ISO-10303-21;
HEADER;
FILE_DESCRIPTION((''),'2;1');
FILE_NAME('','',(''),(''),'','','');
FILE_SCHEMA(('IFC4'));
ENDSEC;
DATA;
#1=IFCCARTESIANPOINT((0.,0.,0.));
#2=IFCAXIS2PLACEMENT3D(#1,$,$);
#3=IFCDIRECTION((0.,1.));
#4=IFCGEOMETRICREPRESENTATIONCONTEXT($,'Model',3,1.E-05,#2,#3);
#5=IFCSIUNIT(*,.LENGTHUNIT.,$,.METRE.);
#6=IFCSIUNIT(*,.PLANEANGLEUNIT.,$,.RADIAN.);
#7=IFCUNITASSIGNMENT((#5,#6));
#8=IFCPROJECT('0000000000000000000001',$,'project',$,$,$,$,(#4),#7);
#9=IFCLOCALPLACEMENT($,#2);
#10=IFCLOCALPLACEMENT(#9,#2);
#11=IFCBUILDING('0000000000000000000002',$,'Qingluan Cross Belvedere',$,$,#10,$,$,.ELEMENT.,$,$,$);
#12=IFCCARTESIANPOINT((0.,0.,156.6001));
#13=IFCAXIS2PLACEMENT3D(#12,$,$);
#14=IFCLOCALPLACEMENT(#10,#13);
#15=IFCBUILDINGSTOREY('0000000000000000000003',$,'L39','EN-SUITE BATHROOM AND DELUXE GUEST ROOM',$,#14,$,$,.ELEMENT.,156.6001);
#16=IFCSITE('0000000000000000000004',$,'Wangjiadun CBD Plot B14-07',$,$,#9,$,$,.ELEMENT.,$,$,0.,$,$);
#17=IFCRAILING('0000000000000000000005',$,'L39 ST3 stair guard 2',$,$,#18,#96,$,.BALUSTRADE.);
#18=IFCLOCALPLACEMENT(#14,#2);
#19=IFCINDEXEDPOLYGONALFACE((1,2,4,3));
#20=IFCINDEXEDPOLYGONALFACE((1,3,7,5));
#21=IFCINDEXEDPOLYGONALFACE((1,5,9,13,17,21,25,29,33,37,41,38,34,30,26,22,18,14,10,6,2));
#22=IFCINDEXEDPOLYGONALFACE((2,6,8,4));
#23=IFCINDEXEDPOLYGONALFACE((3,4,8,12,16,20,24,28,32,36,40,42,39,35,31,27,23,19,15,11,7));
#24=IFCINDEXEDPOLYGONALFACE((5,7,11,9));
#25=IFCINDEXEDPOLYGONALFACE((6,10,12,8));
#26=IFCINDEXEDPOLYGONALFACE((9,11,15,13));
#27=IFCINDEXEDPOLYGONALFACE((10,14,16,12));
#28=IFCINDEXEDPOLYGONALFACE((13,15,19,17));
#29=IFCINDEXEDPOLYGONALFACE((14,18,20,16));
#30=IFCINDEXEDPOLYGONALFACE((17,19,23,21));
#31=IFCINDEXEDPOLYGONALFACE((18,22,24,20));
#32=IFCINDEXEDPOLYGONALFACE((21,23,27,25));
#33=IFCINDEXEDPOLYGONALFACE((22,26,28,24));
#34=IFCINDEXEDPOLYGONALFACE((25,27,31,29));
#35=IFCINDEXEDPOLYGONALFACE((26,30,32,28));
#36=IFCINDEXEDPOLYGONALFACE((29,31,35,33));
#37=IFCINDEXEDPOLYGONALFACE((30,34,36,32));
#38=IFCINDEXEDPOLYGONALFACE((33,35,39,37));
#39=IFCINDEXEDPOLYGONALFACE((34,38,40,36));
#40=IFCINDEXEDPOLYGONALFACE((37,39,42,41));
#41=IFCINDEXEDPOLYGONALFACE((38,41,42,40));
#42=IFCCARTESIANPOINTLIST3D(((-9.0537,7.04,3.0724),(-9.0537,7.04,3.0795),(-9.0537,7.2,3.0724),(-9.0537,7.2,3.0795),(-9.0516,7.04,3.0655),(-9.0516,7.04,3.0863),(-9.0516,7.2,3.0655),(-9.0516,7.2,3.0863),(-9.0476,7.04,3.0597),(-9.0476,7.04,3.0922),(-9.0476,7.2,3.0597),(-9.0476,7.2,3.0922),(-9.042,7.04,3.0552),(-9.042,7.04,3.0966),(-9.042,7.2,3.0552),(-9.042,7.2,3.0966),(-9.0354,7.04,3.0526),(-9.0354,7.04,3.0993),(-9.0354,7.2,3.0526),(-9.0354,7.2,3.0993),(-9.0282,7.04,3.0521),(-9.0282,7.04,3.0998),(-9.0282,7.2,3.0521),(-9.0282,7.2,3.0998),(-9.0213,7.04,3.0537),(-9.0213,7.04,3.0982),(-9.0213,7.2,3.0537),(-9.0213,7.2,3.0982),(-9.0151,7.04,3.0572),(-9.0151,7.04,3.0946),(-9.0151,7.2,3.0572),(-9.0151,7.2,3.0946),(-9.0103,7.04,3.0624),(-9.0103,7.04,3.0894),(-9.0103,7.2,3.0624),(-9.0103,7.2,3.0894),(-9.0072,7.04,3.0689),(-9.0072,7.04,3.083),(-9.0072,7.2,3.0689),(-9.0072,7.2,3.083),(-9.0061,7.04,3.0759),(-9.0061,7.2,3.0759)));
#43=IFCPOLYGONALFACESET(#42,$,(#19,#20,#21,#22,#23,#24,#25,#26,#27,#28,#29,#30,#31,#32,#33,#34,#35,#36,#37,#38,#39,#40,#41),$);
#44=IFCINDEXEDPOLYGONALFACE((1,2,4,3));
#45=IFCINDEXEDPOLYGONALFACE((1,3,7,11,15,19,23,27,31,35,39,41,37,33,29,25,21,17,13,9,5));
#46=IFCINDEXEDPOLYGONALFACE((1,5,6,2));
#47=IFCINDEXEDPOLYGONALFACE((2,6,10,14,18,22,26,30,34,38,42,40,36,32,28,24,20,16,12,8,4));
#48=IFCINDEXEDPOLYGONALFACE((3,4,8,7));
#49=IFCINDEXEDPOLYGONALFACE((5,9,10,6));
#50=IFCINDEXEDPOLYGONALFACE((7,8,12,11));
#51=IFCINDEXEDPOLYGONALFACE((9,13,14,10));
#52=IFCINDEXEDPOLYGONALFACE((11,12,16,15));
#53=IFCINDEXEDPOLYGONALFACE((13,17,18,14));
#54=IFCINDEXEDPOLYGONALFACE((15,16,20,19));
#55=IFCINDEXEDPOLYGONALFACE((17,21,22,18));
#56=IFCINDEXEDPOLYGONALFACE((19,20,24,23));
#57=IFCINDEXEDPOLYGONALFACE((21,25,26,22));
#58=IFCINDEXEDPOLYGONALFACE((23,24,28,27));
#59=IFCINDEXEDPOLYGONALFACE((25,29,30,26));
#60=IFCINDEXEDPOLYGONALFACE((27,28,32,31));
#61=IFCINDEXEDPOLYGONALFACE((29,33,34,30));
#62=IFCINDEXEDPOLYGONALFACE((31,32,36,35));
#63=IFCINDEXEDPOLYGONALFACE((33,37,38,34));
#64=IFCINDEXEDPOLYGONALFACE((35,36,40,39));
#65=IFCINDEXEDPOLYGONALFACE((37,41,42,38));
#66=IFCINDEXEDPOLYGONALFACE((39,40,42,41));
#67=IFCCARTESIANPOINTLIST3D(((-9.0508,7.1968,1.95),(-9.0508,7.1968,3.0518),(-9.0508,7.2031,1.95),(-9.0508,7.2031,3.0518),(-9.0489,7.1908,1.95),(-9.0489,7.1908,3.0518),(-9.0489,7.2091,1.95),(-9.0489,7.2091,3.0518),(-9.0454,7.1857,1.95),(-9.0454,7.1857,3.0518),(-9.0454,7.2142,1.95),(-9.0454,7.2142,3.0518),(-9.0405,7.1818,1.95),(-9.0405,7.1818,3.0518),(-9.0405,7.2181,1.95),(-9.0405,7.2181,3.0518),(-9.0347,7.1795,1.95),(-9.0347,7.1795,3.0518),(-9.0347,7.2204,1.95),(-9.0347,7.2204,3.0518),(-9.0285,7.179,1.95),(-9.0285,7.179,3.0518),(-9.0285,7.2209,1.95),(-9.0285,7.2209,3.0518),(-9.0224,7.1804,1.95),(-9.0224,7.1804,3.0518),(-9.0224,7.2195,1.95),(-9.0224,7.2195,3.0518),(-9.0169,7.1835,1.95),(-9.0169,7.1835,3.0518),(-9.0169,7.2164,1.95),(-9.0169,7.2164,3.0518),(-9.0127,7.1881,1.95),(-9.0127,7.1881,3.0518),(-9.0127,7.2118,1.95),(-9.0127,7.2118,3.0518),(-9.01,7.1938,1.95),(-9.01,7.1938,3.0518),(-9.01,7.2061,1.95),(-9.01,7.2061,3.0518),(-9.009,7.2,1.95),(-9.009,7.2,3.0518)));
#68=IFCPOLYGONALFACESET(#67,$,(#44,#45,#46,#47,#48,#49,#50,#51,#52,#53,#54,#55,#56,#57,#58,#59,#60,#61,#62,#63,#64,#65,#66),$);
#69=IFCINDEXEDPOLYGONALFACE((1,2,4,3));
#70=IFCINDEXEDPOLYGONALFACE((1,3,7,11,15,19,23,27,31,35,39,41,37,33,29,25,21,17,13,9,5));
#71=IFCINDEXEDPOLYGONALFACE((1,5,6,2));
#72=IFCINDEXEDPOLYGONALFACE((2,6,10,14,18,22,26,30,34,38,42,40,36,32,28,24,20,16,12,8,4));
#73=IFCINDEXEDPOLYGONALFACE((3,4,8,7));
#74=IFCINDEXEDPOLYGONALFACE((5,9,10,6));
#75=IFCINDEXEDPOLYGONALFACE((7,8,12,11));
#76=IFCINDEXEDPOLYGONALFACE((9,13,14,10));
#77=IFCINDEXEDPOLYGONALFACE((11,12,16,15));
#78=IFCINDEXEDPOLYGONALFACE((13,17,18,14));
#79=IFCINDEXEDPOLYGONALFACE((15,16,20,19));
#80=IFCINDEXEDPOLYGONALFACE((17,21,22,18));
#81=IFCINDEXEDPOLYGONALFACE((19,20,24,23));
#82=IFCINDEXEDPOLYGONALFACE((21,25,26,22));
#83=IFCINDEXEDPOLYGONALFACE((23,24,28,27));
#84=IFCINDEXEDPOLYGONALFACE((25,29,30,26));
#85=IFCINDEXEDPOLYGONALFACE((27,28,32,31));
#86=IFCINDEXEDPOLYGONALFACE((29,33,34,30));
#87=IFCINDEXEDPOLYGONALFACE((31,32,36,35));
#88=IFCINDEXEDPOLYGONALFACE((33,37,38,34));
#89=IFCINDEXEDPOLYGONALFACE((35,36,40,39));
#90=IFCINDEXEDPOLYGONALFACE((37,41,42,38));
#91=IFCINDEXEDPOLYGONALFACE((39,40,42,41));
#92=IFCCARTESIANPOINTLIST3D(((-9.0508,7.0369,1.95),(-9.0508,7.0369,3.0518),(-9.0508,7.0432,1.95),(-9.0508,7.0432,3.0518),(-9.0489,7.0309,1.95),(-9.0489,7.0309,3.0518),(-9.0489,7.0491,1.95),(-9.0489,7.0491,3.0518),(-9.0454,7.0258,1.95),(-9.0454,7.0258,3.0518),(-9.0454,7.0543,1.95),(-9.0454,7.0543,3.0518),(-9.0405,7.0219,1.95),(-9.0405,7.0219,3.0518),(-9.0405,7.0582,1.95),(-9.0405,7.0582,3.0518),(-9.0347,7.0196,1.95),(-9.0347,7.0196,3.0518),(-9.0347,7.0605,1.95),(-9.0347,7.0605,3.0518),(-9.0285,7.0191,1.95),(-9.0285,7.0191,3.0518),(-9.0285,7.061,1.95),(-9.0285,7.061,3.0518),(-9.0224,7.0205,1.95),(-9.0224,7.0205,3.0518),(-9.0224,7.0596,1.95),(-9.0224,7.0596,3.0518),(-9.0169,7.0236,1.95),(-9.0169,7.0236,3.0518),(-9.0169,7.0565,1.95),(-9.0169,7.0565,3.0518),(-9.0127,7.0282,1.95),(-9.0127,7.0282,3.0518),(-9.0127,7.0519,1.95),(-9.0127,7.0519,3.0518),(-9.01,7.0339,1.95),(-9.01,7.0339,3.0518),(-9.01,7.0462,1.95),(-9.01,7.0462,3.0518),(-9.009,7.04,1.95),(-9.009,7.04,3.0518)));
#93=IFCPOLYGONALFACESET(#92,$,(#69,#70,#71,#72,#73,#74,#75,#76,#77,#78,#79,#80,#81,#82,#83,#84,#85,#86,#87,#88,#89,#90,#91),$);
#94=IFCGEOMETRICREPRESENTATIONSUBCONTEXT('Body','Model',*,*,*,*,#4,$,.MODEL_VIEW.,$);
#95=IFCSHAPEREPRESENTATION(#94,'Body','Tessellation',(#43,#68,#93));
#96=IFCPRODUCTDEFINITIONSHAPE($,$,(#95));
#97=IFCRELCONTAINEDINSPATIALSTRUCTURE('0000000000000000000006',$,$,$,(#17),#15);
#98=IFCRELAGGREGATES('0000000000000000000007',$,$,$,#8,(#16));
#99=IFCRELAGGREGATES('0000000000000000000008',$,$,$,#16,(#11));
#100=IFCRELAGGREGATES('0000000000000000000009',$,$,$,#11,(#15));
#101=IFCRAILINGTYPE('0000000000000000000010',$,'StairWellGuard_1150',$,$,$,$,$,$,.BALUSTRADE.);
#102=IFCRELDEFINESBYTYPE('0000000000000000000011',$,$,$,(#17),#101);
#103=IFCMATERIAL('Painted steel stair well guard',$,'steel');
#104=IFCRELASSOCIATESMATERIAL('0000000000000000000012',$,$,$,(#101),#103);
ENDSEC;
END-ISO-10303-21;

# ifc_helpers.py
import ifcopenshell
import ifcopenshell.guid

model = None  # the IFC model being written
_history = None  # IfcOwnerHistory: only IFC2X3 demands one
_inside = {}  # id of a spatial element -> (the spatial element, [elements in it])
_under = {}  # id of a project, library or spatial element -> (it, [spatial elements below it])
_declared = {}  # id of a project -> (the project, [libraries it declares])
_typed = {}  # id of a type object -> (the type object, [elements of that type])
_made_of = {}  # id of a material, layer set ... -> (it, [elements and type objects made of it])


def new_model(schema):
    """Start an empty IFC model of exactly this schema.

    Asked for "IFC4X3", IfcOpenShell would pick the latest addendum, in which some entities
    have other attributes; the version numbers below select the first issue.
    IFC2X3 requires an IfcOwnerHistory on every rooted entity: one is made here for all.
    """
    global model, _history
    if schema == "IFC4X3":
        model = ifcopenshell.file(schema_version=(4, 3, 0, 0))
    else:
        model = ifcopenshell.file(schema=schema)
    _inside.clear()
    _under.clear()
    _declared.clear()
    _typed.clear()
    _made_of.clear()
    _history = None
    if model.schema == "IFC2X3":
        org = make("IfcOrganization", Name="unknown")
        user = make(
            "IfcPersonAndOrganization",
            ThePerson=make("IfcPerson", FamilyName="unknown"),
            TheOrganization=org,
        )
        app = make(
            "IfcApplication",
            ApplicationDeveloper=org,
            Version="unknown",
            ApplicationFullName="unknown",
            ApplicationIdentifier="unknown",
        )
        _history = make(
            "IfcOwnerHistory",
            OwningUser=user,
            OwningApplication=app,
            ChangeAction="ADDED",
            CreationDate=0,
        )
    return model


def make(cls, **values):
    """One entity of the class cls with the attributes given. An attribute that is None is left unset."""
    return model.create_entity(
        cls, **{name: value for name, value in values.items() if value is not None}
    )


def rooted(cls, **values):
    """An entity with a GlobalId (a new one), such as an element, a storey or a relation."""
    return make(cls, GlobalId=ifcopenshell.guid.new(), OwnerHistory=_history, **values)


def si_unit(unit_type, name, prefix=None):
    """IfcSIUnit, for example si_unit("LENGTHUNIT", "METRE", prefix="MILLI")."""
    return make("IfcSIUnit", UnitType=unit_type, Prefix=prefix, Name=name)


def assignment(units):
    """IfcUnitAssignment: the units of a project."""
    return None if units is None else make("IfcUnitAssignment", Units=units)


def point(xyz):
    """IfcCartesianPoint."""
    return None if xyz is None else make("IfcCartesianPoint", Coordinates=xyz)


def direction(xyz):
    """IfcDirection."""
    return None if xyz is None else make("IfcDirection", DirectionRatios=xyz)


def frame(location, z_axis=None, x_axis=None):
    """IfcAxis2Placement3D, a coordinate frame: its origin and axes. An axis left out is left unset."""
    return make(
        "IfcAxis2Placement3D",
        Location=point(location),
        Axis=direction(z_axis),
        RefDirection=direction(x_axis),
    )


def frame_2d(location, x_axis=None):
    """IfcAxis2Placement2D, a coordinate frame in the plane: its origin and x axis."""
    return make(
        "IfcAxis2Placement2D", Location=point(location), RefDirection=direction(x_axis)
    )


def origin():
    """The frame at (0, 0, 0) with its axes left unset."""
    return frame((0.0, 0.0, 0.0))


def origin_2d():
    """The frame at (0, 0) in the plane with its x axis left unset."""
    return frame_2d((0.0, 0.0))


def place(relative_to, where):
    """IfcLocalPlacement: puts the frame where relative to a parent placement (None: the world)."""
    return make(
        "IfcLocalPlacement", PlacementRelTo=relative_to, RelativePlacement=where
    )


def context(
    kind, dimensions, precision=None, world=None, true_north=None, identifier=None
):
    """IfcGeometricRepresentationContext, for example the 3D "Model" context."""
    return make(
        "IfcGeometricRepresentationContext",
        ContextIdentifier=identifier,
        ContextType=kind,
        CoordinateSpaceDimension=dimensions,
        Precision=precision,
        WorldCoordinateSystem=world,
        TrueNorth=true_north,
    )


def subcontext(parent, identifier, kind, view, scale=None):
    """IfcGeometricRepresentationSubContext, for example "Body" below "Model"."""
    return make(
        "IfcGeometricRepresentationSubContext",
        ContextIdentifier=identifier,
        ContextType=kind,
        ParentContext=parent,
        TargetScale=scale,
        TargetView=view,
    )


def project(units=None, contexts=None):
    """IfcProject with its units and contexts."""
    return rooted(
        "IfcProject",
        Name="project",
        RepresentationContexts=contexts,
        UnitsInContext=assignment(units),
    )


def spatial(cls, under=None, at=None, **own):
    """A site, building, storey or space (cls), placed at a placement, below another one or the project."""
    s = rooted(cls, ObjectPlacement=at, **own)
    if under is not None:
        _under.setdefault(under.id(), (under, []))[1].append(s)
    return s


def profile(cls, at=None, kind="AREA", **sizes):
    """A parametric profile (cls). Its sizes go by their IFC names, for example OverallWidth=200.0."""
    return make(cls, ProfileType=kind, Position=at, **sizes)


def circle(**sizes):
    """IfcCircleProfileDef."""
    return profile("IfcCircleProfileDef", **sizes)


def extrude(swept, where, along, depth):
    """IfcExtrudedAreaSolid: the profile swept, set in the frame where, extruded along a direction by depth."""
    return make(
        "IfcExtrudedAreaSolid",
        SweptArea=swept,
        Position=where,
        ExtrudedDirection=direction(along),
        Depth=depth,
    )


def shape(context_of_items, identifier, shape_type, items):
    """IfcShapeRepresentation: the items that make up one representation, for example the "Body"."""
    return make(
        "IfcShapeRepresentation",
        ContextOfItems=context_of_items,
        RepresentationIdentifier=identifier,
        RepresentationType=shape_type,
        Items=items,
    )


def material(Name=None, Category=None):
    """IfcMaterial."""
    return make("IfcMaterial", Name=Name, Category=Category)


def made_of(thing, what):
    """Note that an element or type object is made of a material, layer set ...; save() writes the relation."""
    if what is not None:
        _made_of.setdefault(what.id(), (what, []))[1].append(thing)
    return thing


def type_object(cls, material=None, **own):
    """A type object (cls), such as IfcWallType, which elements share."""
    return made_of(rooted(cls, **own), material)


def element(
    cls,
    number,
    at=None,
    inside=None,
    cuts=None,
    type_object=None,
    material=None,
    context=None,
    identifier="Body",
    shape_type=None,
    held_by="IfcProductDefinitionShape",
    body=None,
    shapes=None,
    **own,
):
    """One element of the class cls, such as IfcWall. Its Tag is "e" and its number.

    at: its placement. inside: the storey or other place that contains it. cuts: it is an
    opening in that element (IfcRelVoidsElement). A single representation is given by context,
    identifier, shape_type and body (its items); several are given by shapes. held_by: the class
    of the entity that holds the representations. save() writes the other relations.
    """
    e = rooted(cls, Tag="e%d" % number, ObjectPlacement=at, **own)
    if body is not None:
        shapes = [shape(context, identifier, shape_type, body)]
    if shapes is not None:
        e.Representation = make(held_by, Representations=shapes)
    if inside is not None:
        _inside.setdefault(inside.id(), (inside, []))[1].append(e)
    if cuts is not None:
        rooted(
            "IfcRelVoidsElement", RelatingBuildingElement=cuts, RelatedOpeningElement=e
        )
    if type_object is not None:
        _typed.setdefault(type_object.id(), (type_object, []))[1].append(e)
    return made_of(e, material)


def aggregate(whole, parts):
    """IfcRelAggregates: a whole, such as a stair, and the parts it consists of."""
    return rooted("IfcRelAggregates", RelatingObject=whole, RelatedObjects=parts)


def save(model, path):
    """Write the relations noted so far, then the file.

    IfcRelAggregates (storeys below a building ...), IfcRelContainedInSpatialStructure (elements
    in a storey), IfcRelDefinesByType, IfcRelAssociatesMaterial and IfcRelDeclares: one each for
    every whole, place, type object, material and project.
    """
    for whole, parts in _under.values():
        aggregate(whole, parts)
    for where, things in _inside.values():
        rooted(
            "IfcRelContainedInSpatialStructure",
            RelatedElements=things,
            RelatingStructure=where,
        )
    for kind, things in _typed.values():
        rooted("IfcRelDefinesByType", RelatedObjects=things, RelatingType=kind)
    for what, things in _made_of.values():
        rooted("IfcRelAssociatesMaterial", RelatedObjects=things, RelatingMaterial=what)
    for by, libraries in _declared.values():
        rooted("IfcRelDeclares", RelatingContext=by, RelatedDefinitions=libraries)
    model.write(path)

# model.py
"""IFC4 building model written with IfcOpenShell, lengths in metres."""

from ifc_helpers import new_model, si_unit, direction, frame, origin, origin_2d, place, context, subcontext, project, spatial, circle, extrude, material, type_object, element, save


model = new_model("IFC4")

# Units and contexts
model_context = context("Model", 3, precision=1e-05, world=origin(), true_north=direction((0.0, 1.0)))
body_context = subcontext(model_context, "Body", "Model", "MODEL_VIEW")
ifc_project = project(units=[si_unit("LENGTHUNIT", "METRE"), si_unit("PLANEANGLEUNIT", "RADIAN")], contexts=[model_context])

# Site, building, storey
site_placement = place(None, origin())
site = spatial("IfcSite", under=ifc_project, at=site_placement, Name="Wangjiadun CBD Plot B14-07", CompositionType="ELEMENT", RefElevation=0.0)
building_placement = place(site_placement, origin())
building = spatial("IfcBuilding", under=site, at=building_placement, Name="Qingluan Cross Belvedere", CompositionType="ELEMENT")
storey_placement = place(building_placement, frame((0.0, 0.0, 156.6001)))
storey = spatial("IfcBuildingStorey", under=building, at=storey_placement, Name="L39", Description="EN-SUITE BATHROOM AND DELUXE GUEST ROOM", CompositionType="ELEMENT", Elevation=156.6001)

# Railing
ifc_material_1 = material(Name="Painted steel stair well guard", Category="steel")
railing_type_1 = type_object("IfcRailingType", Name="StairWellGuard_1150", PredefinedType="BALUSTRADE", material=ifc_material_1)
railing_1_placement = place(storey_placement, frame((-9.03, 7.2, 1.95)))
element("IfcRailing", 1, at=railing_1_placement, inside=storey, type_object=railing_type_1, Name="L39 ST3 stair guard 2", PredefinedType="BALUSTRADE", context=body_context, shape_type="SweptSolid", body=[
    extrude(circle(Radius=0.0239, at=origin_2d()), frame((0.0, 0.0, 1.126), z_axis=(0.0, -1.0, 0.0), x_axis=(1.0, 0.0, 0.0)), (0.0, 0.0, 1.0), 0.1599),
    extrude(circle(Radius=0.021, at=origin_2d()), origin(), (0.0, 0.0, 1.0), 1.1018),
    extrude(circle(Radius=0.021, at=origin_2d()), frame((0.0, -0.1599, 0.0)), (0.0, 0.0, 1.0), 1.1018),
])

save(model, "model.ifc")
